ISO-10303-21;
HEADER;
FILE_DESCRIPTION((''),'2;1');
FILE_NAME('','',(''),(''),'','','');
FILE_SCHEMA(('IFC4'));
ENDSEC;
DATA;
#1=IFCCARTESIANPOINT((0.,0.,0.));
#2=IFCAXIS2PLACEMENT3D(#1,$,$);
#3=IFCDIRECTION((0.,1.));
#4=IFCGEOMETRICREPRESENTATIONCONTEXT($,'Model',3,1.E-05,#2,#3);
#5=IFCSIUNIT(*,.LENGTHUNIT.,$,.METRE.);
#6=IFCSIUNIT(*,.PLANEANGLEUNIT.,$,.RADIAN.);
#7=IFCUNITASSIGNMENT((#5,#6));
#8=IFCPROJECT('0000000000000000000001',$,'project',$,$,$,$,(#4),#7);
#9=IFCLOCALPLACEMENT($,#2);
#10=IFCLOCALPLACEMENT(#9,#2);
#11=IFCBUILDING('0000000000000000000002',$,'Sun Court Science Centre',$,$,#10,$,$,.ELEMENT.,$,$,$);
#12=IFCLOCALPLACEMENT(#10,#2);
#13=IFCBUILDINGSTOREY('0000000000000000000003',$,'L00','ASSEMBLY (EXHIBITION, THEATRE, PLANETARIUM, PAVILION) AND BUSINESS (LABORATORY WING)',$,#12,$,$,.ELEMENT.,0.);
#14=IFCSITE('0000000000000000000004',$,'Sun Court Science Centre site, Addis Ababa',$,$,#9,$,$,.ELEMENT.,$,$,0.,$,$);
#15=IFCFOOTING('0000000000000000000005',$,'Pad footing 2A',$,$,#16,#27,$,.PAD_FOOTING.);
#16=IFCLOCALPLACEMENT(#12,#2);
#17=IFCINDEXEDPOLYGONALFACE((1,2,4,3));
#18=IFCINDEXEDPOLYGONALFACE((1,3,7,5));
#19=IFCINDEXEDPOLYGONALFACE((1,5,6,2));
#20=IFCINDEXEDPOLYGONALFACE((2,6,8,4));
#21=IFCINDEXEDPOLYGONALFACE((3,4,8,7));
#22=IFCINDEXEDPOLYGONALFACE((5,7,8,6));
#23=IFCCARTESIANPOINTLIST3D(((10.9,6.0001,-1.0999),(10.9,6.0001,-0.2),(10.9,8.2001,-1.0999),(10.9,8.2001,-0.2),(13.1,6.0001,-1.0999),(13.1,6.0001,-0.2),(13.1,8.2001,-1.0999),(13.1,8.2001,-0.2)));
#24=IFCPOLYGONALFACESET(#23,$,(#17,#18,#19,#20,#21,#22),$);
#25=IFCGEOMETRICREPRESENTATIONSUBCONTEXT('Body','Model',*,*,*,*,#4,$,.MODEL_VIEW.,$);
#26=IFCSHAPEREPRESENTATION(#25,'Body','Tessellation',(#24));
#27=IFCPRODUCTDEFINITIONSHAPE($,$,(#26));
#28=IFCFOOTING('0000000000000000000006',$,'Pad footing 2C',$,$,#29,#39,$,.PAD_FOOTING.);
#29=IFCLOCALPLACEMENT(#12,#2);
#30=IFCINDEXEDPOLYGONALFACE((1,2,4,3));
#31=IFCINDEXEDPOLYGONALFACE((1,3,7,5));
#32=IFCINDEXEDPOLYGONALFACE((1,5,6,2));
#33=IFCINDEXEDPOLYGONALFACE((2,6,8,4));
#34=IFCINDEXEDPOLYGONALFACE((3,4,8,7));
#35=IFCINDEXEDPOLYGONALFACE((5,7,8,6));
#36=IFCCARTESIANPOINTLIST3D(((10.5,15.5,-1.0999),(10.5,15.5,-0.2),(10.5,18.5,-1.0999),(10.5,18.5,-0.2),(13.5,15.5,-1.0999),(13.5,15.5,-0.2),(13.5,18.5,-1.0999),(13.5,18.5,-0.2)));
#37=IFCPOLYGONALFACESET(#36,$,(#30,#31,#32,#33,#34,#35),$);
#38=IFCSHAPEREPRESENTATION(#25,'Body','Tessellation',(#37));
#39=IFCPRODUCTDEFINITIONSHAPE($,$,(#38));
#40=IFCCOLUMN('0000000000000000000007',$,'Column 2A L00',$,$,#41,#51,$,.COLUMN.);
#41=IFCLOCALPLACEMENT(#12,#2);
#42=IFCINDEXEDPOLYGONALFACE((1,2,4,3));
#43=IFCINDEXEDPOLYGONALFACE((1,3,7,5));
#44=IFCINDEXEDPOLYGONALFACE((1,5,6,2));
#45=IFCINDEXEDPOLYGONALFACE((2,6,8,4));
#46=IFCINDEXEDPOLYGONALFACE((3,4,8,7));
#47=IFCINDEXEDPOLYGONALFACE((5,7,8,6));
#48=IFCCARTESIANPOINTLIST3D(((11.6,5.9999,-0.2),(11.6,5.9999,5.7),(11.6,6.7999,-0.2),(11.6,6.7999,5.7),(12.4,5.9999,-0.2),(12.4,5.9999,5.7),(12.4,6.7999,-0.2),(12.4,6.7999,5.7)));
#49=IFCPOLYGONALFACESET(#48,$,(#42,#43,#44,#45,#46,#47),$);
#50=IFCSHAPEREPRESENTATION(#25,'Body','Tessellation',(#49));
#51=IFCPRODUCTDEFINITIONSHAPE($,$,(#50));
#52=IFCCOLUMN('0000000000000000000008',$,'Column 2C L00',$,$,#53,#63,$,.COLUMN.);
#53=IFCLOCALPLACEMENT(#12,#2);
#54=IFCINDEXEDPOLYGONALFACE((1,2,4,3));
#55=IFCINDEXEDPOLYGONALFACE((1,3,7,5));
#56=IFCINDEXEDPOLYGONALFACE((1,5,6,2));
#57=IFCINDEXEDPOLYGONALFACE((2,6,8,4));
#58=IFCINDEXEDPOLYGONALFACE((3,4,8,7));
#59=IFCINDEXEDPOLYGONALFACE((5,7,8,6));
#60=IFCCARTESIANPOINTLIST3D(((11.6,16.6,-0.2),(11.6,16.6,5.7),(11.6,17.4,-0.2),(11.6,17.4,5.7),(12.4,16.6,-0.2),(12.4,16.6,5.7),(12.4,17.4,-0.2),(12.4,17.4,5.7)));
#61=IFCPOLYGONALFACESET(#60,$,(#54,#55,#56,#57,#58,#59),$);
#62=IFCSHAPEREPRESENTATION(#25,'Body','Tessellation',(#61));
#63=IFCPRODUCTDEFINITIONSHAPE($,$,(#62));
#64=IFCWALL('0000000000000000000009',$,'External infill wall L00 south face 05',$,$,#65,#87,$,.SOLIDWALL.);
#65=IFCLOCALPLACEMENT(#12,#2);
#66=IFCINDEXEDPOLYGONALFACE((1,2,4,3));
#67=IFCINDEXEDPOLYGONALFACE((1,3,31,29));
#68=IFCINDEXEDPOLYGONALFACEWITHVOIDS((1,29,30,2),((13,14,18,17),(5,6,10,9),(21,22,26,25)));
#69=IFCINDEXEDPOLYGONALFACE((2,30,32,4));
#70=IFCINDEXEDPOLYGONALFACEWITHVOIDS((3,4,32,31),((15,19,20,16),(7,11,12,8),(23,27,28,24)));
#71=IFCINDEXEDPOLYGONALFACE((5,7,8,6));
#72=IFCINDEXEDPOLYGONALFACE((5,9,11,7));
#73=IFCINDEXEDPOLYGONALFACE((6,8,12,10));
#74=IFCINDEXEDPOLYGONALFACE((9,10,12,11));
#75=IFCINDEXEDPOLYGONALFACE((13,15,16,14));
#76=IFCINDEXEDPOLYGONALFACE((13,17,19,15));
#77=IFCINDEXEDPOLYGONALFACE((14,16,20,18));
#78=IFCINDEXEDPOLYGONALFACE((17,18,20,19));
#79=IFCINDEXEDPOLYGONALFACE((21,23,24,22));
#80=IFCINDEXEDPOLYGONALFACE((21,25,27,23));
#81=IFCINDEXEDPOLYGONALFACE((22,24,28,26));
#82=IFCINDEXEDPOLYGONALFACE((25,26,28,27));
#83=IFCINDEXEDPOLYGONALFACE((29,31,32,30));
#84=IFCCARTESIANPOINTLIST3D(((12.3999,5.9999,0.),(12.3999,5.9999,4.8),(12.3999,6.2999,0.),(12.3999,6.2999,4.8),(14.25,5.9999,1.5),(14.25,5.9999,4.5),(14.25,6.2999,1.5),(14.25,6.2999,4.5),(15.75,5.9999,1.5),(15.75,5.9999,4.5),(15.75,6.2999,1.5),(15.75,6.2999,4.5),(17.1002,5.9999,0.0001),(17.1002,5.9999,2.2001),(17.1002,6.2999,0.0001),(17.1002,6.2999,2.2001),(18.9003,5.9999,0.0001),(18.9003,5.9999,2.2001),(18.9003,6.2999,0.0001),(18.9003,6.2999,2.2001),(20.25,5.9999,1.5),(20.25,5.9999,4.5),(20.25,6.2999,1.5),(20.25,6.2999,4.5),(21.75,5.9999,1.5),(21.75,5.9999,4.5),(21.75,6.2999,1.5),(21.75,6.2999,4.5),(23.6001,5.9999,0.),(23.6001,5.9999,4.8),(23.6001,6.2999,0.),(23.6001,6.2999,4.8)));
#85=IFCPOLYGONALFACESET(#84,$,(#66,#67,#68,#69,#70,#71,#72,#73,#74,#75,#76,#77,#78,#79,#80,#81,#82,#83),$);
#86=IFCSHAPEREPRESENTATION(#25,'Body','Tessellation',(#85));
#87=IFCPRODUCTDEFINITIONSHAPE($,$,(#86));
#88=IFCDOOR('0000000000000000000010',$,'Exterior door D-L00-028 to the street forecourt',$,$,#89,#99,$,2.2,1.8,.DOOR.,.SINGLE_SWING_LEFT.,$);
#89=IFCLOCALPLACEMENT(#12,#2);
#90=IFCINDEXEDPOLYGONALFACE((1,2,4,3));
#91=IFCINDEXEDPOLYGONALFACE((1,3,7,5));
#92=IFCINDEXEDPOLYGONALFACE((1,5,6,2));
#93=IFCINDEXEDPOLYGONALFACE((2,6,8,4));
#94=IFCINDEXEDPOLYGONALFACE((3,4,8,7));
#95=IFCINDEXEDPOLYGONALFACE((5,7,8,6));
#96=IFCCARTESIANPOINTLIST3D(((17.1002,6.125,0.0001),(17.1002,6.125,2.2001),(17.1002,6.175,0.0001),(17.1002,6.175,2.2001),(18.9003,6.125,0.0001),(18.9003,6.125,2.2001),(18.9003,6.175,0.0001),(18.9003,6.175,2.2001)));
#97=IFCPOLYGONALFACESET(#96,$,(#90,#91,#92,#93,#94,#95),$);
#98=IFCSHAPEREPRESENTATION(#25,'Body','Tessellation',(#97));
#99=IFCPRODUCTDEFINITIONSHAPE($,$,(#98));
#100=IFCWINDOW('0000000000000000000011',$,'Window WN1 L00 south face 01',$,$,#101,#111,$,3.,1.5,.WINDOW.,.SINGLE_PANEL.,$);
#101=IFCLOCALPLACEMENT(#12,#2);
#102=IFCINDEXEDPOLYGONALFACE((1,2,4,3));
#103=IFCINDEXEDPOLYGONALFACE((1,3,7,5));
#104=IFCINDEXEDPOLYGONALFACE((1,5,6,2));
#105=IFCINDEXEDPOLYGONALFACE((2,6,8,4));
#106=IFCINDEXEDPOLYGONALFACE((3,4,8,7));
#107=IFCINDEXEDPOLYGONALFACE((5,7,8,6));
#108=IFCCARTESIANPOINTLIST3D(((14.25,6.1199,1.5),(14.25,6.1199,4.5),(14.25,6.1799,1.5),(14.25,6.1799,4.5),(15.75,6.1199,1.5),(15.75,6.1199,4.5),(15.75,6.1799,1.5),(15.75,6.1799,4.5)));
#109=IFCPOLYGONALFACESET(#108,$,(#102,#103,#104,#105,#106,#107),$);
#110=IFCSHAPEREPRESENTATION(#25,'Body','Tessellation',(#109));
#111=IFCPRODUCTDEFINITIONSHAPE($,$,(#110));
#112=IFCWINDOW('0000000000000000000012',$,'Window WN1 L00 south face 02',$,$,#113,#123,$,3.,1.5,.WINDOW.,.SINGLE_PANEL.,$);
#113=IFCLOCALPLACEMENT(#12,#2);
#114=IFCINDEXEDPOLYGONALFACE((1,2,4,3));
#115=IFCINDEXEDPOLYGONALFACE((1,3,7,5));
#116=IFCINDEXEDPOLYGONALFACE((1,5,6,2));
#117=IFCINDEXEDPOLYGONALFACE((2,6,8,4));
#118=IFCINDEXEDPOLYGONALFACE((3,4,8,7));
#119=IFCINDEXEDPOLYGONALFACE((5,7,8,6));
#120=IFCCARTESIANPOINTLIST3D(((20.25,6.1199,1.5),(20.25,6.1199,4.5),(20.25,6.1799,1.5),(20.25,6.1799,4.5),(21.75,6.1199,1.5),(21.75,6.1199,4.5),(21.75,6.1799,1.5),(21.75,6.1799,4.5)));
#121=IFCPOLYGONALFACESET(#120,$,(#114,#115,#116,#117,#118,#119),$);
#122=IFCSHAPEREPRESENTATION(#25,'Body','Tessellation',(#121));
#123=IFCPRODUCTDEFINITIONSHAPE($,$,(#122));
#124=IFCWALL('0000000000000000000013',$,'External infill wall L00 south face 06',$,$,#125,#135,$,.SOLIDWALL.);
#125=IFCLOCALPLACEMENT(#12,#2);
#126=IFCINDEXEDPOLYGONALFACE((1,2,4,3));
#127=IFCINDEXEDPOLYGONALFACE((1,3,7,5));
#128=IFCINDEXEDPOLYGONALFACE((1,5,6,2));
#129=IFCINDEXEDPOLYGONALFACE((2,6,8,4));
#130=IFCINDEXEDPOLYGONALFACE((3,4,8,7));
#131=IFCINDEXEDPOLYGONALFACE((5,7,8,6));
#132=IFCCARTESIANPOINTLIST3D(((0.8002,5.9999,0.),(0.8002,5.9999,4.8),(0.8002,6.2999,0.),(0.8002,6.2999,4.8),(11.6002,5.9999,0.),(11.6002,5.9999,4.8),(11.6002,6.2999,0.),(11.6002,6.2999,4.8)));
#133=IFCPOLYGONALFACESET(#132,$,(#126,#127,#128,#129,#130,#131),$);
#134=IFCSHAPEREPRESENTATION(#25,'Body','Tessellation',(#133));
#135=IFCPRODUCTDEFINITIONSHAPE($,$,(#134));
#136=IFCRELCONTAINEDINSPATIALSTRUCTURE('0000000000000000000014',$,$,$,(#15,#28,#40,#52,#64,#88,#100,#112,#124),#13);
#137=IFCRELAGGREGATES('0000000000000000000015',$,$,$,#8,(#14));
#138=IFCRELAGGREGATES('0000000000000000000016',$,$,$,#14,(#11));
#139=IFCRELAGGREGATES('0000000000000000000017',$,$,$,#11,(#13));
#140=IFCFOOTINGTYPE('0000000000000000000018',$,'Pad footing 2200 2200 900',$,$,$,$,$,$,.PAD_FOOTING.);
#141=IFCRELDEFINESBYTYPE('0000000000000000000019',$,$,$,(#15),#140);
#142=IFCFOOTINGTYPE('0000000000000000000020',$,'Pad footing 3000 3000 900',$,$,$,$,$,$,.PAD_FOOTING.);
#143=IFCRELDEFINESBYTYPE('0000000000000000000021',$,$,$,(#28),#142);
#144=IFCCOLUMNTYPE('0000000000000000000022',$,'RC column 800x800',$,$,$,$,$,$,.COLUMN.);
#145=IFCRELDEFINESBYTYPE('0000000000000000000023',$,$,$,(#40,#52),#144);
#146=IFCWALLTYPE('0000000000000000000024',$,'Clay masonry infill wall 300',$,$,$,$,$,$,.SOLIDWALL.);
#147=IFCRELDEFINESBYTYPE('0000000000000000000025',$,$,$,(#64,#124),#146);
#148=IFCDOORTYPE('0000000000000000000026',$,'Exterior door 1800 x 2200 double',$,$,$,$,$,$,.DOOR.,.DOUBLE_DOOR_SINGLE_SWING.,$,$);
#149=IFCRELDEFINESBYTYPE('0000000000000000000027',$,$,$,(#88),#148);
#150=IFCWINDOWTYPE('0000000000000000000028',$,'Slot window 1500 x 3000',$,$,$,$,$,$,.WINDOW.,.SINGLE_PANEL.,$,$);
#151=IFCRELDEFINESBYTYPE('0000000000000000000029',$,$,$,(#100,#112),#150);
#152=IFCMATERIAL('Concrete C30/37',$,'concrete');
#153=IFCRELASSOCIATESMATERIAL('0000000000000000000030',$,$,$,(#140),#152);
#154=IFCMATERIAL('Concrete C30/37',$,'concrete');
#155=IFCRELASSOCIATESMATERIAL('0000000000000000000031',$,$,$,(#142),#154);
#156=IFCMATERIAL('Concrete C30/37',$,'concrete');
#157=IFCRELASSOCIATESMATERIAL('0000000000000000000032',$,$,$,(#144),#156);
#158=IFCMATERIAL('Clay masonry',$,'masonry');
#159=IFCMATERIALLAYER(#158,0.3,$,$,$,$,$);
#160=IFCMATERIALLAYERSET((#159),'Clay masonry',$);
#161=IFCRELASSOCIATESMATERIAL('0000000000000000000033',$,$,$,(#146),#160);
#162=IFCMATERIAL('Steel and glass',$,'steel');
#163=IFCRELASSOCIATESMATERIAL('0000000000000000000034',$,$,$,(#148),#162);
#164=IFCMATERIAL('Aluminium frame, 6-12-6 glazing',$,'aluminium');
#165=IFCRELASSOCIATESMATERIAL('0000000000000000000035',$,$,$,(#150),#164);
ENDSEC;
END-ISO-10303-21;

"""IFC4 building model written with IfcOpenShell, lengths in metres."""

from ifc_helpers import new_model, si_unit, direction, frame, frame_2d, origin, origin_2d, place, context, subcontext, project, spatial, rectangle, extrude, material, layer, layer_set, material_profile, profile_set, type_object, element, fill, save


model = new_model("IFC4")

# Units and contexts
model_context = context("Model", 3, precision=1e-05, world=origin(), true_north=direction((0.0, 1.0)))
body_context = subcontext(model_context, "Body", "Model", "MODEL_VIEW")
ifc_project = project(units=[si_unit("LENGTHUNIT", "METRE"), si_unit("PLANEANGLEUNIT", "RADIAN")], contexts=[model_context])

# Site, building, storey
site_placement = place(None, origin())
site = spatial("IfcSite", under=ifc_project, at=site_placement, Name="Sun Court Science Centre site, Addis Ababa", CompositionType="ELEMENT", RefElevation=0.0)
building_placement = place(site_placement, origin())
building = spatial("IfcBuilding", under=site, at=building_placement, Name="Sun Court Science Centre", CompositionType="ELEMENT")
storey_placement = place(building_placement, origin())
storey = spatial("IfcBuildingStorey", under=building, at=storey_placement, Name="L00", Description="ASSEMBLY (EXHIBITION, THEATRE, PLANETARIUM, PAVILION) AND BUSINESS (LABORATORY WING)", CompositionType="ELEMENT", Elevation=0.0)

# Footings
ifc_material_1 = material(Name="Concrete C30/37", Category="concrete")
footing_type_1 = type_object("IfcFootingType", Name="Pad footing 2200 2200 900", PredefinedType="PAD_FOOTING", material=ifc_material_1)
footing_1_placement = place(storey_placement, frame((12.0, 7.1001, -1.0999), z_axis=(0.0, 0.0, 1.0), x_axis=(1.0, 0.0, 0.0)))
element("IfcFooting", 1, at=footing_1_placement, inside=storey, type_object=footing_type_1, Name="Pad footing 2A", PredefinedType="PAD_FOOTING", context=body_context, shape_type="SweptSolid", body=[
    extrude(rectangle(XDim=2.2, YDim=2.2, at=origin_2d()), origin(), (0.0, 0.0, 1.0), 0.8999),
])
ifc_material_2 = material(Name="Concrete C30/37", Category="concrete")
footing_type_2 = type_object("IfcFootingType", Name="Pad footing 3000 3000 900", PredefinedType="PAD_FOOTING", material=ifc_material_2)
footing_2_placement = place(storey_placement, frame((12.0, 17.0, -1.0999), z_axis=(0.0, 0.0, 1.0), x_axis=(1.0, 0.0, 0.0)))
element("IfcFooting", 2, at=footing_2_placement, inside=storey, type_object=footing_type_2, Name="Pad footing 2C", PredefinedType="PAD_FOOTING", context=body_context, shape_type="SweptSolid", body=[
    extrude(rectangle(XDim=3.0, YDim=3.0, at=origin_2d()), origin(), (0.0, 0.0, 1.0), 0.8999),
])

# Columns
ifc_material_3 = material(Name="Concrete C30/37", Category="concrete")
ifc_material_profile = material_profile(ifc_material_3, rectangle(XDim=0.8, YDim=0.8, at=origin_2d()), Name="RC 800x800")
ifc_profile_set = profile_set([ifc_material_profile], Name="Concrete C30/37")
column_type = type_object("IfcColumnType", Name="RC column 800x800", PredefinedType="COLUMN", material=ifc_profile_set)
for number, where, z_axis, x_axis, name in (
    (3, (12.0, 6.3999, -0.2), (0.0, 0.0, 1.0), (1.0, 0.0, 0.0), "Column 2A L00"),
    (4, (12.0, 17.0, -0.2), (0.0, 0.0, 1.0), (1.0, 0.0, 0.0), "Column 2C L00"),
):
    element("IfcColumn", number, at=place(storey_placement, frame(where, z_axis=z_axis, x_axis=x_axis)), inside=storey, type_object=column_type, Name=name, PredefinedType="COLUMN", context=body_context, shape_type="SweptSolid", body=[
        extrude(rectangle(XDim=0.8, YDim=0.8, at=origin_2d()), origin(), (0.0, 0.0, 1.0), 5.8999),
    ])

# Wall, openings, door, windows
ifc_material_4 = material(Name="Clay masonry", Category="masonry")
ifc_layer_1 = layer(ifc_material_4, 0.3)
ifc_layer_set_1 = layer_set([ifc_layer_1], Name="Clay masonry")
wall_type_1 = type_object("IfcWallType", Name="Clay masonry infill wall 300", PredefinedType="SOLIDWALL", material=ifc_layer_set_1)
wall_1_placement = place(storey_placement, frame((23.6001, 6.1499, 0.0), z_axis=(0.0, 0.0, 1.0), x_axis=(-1.0, 0.0, 0.0)))
wall_1 = element("IfcWall", 5, at=wall_1_placement, inside=storey, type_object=wall_type_1, Name="External infill wall L00 south face 05", PredefinedType="SOLIDWALL", context=body_context, shape_type="SweptSolid", body=[
    extrude(rectangle(XDim=11.2002, YDim=0.3, at=frame_2d((5.6001, 0.0))), origin(), (0.0, 0.0, 1.0), 4.8),
])
opening_1_placement = place(wall_1_placement, frame((4.7, 0.0, 0.0)))
opening_1 = element("IfcOpeningElement", 6, at=opening_1_placement, cuts=wall_1, PredefinedType="OPENING", context=body_context, shape_type="SweptSolid", body=[
    extrude(rectangle(XDim=1.8, YDim=2.2, at=frame_2d((0.8999, 1.1001))), frame((0.0, 0.1599, 0.0), z_axis=(0.0, -1.0, 0.0), x_axis=(1.0, 0.0, 0.0)), (0.0, 0.0, 1.0), 0.3201),
])
opening_2_placement = place(wall_1_placement, frame((7.8501, 0.0, 1.5)))
opening_2 = element("IfcOpeningElement", 7, at=opening_2_placement, cuts=wall_1, PredefinedType="OPENING", context=body_context, shape_type="SweptSolid", body=[
    extrude(rectangle(XDim=1.5, YDim=3.0, at=frame_2d((0.75, 1.5))), frame((0.0, 0.1599, 0.0), z_axis=(0.0, -1.0, 0.0), x_axis=(1.0, 0.0, 0.0)), (0.0, 0.0, 1.0), 0.3201),
])
opening_3_placement = place(wall_1_placement, frame((1.8501, 0.0, 1.5)))
opening_3 = element("IfcOpeningElement", 8, at=opening_3_placement, cuts=wall_1, PredefinedType="OPENING", context=body_context, shape_type="SweptSolid", body=[
    extrude(rectangle(XDim=1.5, YDim=3.0, at=frame_2d((0.75, 1.5))), frame((0.0, 0.1599, 0.0), z_axis=(0.0, -1.0, 0.0), x_axis=(1.0, 0.0, 0.0)), (0.0, 0.0, 1.0), 0.3201),
])
ifc_material_5 = material(Name="Steel and glass", Category="steel")
door_type_1 = type_object("IfcDoorType", Name="Exterior door 1800 x 2200 double", OperationType="DOUBLE_DOOR_SINGLE_SWING", PredefinedType="DOOR", material=ifc_material_5)
door_1_placement = place(opening_1_placement, origin())
door_1 = element("IfcDoor", 9, at=door_1_placement, inside=storey, type_object=door_type_1, Name="Exterior door D-L00-028 to the street forecourt", OperationType="SINGLE_SWING_LEFT", OverallHeight=2.2, OverallWidth=1.8, PredefinedType="DOOR", context=body_context, shape_type="SweptSolid", body=[
    extrude(rectangle(XDim=1.8, YDim=2.2, at=frame_2d((0.8999, 1.1001))), frame((0.0, 0.0249, 0.0), z_axis=(0.0, -1.0, 0.0), x_axis=(1.0, 0.0, 0.0)), (0.0, 0.0, 1.0), 0.05),
])
fill(opening_1, door_1)
ifc_material_6 = material(Name="Aluminium frame, 6-12-6 glazing", Category="aluminium")
window_type = type_object("IfcWindowType", Name="Slot window 1500 x 3000", PartitioningType="SINGLE_PANEL", PredefinedType="WINDOW", material=ifc_material_6)
window_1_placement = place(opening_2_placement, origin())
window_1 = element("IfcWindow", 10, at=window_1_placement, inside=storey, type_object=window_type, Name="Window WN1 L00 south face 01", OverallHeight=3.0, OverallWidth=1.5, PartitioningType="SINGLE_PANEL", PredefinedType="WINDOW", context=body_context, shape_type="SweptSolid", body=[
    extrude(rectangle(XDim=1.5, YDim=3.0, at=frame_2d((0.75, 1.5))), frame((0.0, 0.03, 0.0), z_axis=(0.0, -1.0, 0.0), x_axis=(1.0, 0.0, 0.0)), (0.0, 0.0, 1.0), 0.0601),
])
fill(opening_2, window_1)
window_2_placement = place(opening_3_placement, origin())
window_2 = element("IfcWindow", 11, at=window_2_placement, inside=storey, type_object=window_type, Name="Window WN1 L00 south face 02", OverallHeight=3.0, OverallWidth=1.5, PartitioningType="SINGLE_PANEL", PredefinedType="WINDOW", context=body_context, shape_type="SweptSolid", body=[
    extrude(rectangle(XDim=1.5, YDim=3.0, at=frame_2d((0.75, 1.5))), frame((0.0, 0.03, 0.0), z_axis=(0.0, -1.0, 0.0), x_axis=(1.0, 0.0, 0.0)), (0.0, 0.0, 1.0), 0.0601),
])
fill(opening_3, window_2)

# Wall
wall_2_placement = place(storey_placement, frame((11.6001, 6.1499, 0.0), z_axis=(0.0, 0.0, 1.0), x_axis=(-1.0, 0.0, 0.0)))
element("IfcWall", 12, at=wall_2_placement, inside=storey, type_object=wall_type_1, Name="External infill wall L00 south face 06", PredefinedType="SOLIDWALL", context=body_context, shape_type="SweptSolid", body=[
    extrude(rectangle(XDim=10.8, YDim=0.3, at=frame_2d((5.3999, 0.0))), origin(), (0.0, 0.0, 1.0), 4.8),
])

save(model, "model.ifc")
